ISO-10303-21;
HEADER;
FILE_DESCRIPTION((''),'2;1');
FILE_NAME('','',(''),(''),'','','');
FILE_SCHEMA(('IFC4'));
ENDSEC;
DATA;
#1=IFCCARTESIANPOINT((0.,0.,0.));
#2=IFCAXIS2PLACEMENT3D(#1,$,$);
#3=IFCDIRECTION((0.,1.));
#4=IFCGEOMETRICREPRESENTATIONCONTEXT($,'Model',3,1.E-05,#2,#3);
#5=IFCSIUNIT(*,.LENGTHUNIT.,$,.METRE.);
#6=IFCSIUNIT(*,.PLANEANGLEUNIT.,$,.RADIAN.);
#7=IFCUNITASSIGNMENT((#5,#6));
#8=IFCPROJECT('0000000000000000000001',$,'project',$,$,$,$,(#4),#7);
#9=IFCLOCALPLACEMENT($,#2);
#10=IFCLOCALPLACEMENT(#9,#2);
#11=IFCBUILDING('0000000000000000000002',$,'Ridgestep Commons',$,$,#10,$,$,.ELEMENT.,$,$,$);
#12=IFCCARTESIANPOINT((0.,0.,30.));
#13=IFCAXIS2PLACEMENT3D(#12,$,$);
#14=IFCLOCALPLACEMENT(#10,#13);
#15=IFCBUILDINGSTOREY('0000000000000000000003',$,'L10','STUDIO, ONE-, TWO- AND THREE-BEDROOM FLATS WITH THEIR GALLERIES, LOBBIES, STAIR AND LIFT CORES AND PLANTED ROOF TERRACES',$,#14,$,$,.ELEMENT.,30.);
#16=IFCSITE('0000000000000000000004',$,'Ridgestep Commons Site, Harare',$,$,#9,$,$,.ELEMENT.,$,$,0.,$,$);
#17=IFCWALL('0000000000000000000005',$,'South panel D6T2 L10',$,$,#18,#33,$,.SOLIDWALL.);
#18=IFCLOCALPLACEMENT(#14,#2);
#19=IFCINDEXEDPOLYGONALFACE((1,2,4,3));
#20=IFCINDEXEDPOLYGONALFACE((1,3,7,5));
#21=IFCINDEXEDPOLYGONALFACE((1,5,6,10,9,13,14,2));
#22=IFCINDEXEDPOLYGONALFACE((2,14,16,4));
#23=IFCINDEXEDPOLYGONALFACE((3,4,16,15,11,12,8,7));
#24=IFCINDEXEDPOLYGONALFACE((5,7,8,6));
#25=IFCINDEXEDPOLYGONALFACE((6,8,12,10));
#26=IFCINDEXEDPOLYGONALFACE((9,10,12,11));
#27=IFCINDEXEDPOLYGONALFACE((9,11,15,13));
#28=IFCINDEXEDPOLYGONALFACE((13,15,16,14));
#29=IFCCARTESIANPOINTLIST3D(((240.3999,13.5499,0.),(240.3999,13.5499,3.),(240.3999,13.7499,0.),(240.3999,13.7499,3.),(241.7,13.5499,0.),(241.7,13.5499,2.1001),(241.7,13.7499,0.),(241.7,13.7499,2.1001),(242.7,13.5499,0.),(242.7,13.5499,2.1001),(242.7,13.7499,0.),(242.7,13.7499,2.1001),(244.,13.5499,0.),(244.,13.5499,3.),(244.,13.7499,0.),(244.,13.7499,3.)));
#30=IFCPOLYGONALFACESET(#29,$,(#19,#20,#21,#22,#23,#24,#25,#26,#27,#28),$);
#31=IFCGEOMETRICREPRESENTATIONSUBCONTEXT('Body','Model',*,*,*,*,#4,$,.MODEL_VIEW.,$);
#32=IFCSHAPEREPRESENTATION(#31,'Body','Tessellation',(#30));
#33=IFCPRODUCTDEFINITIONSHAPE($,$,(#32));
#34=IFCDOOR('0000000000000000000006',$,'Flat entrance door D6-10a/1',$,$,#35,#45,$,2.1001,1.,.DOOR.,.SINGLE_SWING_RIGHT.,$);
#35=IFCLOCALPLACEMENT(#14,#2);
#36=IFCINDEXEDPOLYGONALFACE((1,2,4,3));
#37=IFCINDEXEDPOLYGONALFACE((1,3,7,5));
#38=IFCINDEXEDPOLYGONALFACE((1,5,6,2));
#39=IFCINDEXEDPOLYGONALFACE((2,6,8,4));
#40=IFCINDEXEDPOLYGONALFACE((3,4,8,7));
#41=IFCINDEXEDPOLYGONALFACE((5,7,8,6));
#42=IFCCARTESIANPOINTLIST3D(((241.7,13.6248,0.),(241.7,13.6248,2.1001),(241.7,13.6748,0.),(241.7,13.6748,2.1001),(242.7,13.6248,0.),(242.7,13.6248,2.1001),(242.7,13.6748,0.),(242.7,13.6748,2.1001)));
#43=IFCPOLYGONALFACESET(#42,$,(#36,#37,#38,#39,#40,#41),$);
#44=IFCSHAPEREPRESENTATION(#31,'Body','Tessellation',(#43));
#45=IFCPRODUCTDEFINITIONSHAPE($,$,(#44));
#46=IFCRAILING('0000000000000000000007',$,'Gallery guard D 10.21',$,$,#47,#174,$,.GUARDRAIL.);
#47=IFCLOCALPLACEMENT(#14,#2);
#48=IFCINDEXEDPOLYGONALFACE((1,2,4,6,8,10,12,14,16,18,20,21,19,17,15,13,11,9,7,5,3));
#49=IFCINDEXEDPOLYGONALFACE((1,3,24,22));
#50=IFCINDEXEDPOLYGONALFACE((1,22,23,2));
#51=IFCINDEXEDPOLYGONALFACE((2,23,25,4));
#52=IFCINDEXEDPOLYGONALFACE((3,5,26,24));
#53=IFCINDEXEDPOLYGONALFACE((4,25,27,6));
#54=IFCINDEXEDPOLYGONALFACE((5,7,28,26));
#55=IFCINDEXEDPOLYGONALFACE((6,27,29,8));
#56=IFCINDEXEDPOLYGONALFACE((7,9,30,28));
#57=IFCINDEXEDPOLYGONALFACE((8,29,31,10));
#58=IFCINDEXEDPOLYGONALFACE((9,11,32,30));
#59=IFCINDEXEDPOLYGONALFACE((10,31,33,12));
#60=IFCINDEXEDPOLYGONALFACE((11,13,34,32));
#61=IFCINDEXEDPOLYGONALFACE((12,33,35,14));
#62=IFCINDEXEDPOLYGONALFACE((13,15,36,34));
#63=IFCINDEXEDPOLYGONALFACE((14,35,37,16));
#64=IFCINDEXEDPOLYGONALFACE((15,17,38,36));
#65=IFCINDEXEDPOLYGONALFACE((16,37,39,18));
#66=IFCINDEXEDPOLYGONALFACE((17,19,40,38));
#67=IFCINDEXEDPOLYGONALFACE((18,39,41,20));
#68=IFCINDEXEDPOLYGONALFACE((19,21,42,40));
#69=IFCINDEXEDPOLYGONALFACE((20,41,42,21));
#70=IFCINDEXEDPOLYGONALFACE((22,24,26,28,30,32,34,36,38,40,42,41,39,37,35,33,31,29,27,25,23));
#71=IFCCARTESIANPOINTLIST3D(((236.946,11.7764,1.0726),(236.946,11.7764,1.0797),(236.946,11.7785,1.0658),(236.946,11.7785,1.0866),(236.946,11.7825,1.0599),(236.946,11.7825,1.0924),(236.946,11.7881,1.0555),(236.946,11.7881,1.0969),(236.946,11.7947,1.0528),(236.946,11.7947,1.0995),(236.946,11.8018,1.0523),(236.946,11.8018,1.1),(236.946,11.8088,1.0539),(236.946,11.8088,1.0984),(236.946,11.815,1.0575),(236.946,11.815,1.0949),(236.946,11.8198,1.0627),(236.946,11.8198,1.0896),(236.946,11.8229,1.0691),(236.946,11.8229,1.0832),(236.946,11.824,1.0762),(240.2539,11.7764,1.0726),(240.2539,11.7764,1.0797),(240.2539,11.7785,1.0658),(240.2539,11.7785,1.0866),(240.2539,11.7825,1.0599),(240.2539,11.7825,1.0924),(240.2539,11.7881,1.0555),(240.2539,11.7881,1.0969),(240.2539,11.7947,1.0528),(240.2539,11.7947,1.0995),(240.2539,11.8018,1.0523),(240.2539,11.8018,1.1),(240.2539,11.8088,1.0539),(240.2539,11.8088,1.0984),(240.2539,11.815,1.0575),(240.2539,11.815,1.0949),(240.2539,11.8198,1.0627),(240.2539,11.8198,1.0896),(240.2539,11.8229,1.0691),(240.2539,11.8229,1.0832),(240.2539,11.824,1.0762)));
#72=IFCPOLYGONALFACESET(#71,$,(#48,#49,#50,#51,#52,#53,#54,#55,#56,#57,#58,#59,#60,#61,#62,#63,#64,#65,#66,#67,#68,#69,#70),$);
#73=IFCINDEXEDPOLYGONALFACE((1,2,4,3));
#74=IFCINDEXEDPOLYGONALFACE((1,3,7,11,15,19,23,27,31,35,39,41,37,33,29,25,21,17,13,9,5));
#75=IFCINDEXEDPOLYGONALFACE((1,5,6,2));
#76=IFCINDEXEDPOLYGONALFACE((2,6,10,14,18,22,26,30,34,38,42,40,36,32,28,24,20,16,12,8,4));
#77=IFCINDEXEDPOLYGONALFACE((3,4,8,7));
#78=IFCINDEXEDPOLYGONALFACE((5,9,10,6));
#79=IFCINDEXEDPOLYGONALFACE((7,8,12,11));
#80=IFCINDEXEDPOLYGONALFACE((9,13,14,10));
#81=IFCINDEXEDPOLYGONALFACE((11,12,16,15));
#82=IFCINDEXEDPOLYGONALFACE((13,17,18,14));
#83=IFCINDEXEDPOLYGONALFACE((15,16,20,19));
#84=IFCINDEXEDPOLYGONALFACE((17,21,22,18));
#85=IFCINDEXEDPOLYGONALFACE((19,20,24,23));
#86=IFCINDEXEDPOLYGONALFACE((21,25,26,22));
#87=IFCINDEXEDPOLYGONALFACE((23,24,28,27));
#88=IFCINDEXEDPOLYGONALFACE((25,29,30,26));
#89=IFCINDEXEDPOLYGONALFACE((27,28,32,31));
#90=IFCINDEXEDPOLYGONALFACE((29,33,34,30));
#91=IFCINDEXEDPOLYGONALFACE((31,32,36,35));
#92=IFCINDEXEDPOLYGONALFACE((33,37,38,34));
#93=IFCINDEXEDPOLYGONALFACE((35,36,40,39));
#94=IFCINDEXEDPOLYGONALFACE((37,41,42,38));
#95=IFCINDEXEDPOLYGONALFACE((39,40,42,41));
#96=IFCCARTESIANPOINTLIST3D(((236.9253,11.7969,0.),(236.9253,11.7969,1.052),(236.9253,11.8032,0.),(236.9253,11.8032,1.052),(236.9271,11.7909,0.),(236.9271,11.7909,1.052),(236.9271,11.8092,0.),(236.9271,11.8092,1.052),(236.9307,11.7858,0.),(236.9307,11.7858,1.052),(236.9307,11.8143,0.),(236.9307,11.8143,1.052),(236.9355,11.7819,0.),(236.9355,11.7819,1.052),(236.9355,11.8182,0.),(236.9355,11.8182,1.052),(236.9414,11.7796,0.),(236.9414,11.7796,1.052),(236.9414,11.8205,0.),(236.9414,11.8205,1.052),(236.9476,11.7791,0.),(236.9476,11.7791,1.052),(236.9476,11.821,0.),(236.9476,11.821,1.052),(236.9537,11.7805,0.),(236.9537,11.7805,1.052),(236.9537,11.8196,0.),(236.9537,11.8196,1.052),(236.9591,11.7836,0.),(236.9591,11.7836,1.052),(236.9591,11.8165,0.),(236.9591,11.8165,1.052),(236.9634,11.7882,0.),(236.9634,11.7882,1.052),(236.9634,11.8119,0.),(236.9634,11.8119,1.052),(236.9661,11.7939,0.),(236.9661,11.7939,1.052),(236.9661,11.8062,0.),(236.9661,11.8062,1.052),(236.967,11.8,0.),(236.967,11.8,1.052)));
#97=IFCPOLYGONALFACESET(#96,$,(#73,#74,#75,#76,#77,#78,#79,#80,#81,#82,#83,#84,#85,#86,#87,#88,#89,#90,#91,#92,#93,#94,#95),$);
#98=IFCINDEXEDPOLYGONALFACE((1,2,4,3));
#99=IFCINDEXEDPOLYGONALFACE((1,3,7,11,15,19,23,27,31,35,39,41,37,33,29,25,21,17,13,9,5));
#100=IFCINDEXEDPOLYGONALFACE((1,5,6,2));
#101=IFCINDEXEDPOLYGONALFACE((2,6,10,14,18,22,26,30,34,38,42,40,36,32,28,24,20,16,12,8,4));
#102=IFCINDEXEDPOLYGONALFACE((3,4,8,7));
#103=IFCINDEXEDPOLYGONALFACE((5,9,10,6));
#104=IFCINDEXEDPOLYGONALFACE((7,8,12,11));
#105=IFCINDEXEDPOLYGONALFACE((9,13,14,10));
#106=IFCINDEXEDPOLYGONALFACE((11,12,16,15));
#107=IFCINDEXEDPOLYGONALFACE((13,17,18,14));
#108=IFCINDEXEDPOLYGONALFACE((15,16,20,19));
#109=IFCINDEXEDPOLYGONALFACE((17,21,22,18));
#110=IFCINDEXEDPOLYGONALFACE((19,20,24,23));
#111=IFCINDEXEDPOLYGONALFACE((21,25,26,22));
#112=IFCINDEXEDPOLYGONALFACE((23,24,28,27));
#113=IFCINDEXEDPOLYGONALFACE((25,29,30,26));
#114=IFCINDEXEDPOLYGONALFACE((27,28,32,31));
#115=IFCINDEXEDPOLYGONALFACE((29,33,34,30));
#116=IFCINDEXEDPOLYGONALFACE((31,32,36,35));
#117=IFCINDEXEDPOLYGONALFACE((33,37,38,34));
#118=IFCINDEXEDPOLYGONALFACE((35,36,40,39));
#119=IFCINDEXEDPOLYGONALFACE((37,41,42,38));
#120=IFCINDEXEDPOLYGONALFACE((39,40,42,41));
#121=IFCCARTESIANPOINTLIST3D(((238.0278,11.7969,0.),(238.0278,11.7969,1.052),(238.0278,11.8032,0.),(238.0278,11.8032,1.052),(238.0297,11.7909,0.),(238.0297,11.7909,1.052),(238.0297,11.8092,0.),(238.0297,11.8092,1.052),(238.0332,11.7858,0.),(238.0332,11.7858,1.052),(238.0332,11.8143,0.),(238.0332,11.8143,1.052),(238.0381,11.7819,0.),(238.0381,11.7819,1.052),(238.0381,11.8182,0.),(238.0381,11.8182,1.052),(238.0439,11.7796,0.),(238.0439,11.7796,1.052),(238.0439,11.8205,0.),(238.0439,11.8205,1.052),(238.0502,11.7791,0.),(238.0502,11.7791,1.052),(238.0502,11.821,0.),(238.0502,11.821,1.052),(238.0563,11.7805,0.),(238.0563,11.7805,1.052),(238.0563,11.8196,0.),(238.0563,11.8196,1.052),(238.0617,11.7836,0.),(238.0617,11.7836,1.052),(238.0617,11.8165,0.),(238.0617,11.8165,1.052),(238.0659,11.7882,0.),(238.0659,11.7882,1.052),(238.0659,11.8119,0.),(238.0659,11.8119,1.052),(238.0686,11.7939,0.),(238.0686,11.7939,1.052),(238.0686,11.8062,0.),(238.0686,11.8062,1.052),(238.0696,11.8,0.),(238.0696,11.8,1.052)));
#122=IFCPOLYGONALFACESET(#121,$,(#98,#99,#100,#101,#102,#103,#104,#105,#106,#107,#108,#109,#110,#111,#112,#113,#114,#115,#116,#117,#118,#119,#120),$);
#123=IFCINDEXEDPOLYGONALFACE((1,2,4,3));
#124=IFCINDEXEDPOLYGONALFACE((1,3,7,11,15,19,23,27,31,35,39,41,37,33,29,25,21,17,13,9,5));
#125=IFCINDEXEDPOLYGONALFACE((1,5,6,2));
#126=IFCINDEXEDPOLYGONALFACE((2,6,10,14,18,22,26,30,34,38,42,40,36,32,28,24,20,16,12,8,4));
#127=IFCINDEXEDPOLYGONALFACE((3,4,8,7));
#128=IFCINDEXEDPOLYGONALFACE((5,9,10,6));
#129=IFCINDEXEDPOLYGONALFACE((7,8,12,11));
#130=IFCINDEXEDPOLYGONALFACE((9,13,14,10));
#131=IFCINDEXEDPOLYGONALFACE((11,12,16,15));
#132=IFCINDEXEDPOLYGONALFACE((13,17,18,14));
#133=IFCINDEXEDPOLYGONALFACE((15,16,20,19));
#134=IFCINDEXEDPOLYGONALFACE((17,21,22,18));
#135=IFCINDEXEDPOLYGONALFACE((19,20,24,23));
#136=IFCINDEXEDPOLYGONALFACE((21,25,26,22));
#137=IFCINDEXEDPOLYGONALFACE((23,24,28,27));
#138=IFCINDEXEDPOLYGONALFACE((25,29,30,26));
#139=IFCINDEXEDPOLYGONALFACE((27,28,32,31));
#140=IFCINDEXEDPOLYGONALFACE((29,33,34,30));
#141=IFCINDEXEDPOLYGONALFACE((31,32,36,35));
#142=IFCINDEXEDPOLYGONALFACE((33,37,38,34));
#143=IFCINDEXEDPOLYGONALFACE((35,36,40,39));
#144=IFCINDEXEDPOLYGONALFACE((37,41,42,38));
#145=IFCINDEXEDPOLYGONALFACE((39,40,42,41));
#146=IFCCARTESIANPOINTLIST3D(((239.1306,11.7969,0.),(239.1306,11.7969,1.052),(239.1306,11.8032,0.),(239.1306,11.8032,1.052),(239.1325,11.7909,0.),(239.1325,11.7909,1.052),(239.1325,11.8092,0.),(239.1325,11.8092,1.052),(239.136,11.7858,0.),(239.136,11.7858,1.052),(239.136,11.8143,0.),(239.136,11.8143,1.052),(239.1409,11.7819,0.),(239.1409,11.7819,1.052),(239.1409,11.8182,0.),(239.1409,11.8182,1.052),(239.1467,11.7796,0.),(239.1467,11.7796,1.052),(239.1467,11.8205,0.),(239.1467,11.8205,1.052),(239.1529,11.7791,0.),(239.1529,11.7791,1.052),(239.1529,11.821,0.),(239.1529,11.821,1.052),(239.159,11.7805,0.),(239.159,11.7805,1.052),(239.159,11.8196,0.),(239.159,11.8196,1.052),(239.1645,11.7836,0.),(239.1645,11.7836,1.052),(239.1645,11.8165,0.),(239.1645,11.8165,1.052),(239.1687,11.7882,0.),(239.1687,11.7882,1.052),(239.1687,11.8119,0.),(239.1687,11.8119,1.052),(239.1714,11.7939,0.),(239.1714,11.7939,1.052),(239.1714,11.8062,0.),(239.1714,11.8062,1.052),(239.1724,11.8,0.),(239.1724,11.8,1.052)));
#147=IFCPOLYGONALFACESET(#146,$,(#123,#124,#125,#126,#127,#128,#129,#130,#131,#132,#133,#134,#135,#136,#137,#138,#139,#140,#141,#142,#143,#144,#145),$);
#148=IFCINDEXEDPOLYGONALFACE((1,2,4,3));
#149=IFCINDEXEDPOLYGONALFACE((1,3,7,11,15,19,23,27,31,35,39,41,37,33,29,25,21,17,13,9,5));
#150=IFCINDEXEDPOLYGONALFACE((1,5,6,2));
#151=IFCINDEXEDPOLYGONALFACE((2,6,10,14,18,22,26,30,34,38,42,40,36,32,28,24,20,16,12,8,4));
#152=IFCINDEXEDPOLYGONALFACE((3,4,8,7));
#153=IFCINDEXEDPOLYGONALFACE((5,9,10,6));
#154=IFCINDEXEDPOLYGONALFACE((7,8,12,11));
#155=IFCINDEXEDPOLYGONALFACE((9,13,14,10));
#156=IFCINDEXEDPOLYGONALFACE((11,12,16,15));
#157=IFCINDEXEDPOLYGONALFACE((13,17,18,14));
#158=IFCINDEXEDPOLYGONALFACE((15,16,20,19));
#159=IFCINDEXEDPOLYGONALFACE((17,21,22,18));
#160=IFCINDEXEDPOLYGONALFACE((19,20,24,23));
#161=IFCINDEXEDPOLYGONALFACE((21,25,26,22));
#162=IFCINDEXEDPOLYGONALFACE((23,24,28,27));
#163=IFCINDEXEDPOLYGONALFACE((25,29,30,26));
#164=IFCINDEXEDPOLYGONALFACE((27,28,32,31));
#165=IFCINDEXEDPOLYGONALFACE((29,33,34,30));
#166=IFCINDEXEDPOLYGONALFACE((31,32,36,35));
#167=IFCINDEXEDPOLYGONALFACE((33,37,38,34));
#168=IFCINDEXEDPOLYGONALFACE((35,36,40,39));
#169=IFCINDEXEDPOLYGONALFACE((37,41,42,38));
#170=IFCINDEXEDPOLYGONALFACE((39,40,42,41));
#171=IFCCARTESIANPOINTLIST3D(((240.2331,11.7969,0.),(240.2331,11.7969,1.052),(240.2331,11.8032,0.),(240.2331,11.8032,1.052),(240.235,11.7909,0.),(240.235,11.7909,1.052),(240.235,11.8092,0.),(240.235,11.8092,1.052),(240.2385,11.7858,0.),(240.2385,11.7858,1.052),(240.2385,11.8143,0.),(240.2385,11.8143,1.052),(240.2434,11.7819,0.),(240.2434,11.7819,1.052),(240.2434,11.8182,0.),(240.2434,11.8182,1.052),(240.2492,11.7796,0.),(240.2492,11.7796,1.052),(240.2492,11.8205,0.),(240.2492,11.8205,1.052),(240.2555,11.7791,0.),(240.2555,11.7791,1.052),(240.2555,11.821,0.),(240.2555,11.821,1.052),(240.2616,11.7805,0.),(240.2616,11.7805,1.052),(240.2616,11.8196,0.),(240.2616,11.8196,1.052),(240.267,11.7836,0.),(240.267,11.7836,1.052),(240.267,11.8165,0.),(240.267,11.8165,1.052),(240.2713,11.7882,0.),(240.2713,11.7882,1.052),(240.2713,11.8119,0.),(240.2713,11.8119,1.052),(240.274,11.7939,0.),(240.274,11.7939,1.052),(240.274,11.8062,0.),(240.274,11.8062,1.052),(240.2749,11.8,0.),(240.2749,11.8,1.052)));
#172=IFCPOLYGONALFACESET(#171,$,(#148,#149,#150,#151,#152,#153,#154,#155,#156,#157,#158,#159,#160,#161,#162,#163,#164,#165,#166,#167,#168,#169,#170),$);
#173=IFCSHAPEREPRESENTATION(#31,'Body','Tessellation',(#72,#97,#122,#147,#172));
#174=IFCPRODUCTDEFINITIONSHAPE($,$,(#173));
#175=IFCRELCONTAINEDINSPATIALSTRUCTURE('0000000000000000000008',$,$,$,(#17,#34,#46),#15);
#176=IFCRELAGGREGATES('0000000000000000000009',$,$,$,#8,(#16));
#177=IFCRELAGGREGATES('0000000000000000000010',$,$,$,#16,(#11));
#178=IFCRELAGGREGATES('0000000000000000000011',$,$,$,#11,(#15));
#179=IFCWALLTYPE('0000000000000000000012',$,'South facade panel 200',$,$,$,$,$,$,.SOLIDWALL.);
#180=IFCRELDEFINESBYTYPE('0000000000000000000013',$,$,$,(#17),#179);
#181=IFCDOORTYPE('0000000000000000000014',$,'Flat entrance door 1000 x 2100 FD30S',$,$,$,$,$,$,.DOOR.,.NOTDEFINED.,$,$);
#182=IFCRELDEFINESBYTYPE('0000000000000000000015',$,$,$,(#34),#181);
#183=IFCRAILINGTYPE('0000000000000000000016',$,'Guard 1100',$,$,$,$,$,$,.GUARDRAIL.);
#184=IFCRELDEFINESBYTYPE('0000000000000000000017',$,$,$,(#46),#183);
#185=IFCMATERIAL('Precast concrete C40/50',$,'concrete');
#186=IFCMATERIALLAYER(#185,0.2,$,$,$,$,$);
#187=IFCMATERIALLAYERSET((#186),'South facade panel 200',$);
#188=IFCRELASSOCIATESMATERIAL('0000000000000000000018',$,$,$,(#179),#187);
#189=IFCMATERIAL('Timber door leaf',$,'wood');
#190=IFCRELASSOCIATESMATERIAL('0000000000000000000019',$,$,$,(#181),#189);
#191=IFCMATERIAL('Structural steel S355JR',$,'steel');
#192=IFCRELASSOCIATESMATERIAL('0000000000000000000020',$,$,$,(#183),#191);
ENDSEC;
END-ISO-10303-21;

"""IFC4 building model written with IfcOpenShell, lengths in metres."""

from ifc_helpers import new_model, si_unit, direction, frame, frame_2d, origin, origin_2d, place, context, subcontext, project, spatial, rectangle, circle, extrude, material, layer, layer_set, type_object, element, fill, save


model = new_model("IFC4")

# Units and contexts
model_context = context("Model", 3, precision=1e-05, world=origin(), true_north=direction((0.0, 1.0)))
body_context = subcontext(model_context, "Body", "Model", "MODEL_VIEW")
ifc_project = project(units=[si_unit("LENGTHUNIT", "METRE"), si_unit("PLANEANGLEUNIT", "RADIAN")], contexts=[model_context])

# Site, building, storey
site_placement = place(None, origin())
site = spatial("IfcSite", under=ifc_project, at=site_placement, Name="Ridgestep Commons Site, Harare", CompositionType="ELEMENT", RefElevation=0.0)
building_placement = place(site_placement, origin())
building = spatial("IfcBuilding", under=site, at=building_placement, Name="Ridgestep Commons", CompositionType="ELEMENT")
storey_placement = place(building_placement, frame((0.0, 0.0, 30.0)))
storey = spatial("IfcBuildingStorey", under=building, at=storey_placement, Name="L10", Description="STUDIO, ONE-, TWO- AND THREE-BEDROOM FLATS WITH THEIR GALLERIES, LOBBIES, STAIR AND LIFT CORES AND PLANTED ROOF TERRACES", CompositionType="ELEMENT", Elevation=30.0)

# Wall, opening, door
ifc_material_1 = material(Name="Precast concrete C40/50", Category="concrete")
ifc_layer_1 = layer(ifc_material_1, 0.2)
ifc_layer_set_1 = layer_set([ifc_layer_1], Name="South facade panel 200")
wall_type_1 = type_object("IfcWallType", Name="South facade panel 200", PredefinedType="SOLIDWALL", material=ifc_layer_set_1)
wall_1_placement = place(storey_placement, frame((240.3999, 13.6499, 0.0), z_axis=(0.0, 0.0, 1.0), x_axis=(1.0, 0.0, 0.0)))
wall_1 = element("IfcWall", 1, at=wall_1_placement, inside=storey, type_object=wall_type_1, Name="South panel D6T2 L10", PredefinedType="SOLIDWALL", context=body_context, shape_type="SweptSolid", body=[
    extrude(rectangle(XDim=3.6001, YDim=0.2, at=frame_2d((1.8, 0.0))), origin(), (0.0, 0.0, 1.0), 3.0),
])
opening_1_placement = place(wall_1_placement, frame((1.3, 0.0, 0.0)))
opening_1 = element("IfcOpeningElement", 2, at=opening_1_placement, cuts=wall_1, PredefinedType="OPENING", context=body_context, shape_type="SweptSolid", body=[
    extrude(rectangle(XDim=1.0, YDim=2.1001, at=frame_2d((0.5, 1.05))), frame((0.0, 0.1099, 0.0), z_axis=(0.0, -1.0, 0.0), x_axis=(1.0, 0.0, 0.0)), (0.0, 0.0, 1.0), 0.22),
])
ifc_material_2 = material(Name="Timber door leaf", Category="wood")
door_type_1 = type_object("IfcDoorType", Name="Flat entrance door 1000 x 2100 FD30S", OperationType="NOTDEFINED", PredefinedType="DOOR", material=ifc_material_2)
door_1_placement = place(opening_1_placement, origin())
door_1 = element("IfcDoor", 3, at=door_1_placement, inside=storey, type_object=door_type_1, Name="Flat entrance door D6-10a/1", OperationType="SINGLE_SWING_RIGHT", OverallHeight=2.1001, OverallWidth=1.0, PredefinedType="DOOR", context=body_context, shape_type="SweptSolid", body=[
    extrude(rectangle(XDim=1.0, YDim=2.1001, at=frame_2d((0.5, 1.05))), frame((0.0, 0.0249, 0.0), z_axis=(0.0, -1.0, 0.0), x_axis=(1.0, 0.0, 0.0)), (0.0, 0.0, 1.0), 0.05),
])
fill(opening_1, door_1)

# Railing
ifc_material_3 = material(Name="Structural steel S355JR", Category="steel")
railing_type = type_object("IfcRailingType", Name="Guard 1100", PredefinedType="GUARDRAIL", material=ifc_material_3)
railing_1_placement = place(storey_placement, frame((236.946, 11.8, 0.0)))
element("IfcRailing", 4, at=railing_1_placement, inside=storey, type_object=railing_type, Name="Gallery guard D 10.21", PredefinedType="GUARDRAIL", context=body_context, shape_type="SweptSolid", body=[
    extrude(circle(Radius=0.0239, at=origin_2d()), frame((0.0, 0.0, 1.0762), z_axis=(1.0, 0.0, 0.0), x_axis=(0.0, 1.0, 0.0)), (0.0, 0.0, 1.0), 3.3079),
    extrude(circle(Radius=0.021, at=origin_2d()), origin(), (0.0, 0.0, 1.0), 1.052),
    extrude(circle(Radius=0.021, at=origin_2d()), frame((1.1025, 0.0, 0.0)), (0.0, 0.0, 1.0), 1.052),
    extrude(circle(Radius=0.021, at=origin_2d()), frame((2.2053, 0.0, 0.0)), (0.0, 0.0, 1.0), 1.052),
    extrude(circle(Radius=0.021, at=origin_2d()), frame((3.3079, 0.0, 0.0)), (0.0, 0.0, 1.0), 1.052),
])

save(model, "model.ifc")
